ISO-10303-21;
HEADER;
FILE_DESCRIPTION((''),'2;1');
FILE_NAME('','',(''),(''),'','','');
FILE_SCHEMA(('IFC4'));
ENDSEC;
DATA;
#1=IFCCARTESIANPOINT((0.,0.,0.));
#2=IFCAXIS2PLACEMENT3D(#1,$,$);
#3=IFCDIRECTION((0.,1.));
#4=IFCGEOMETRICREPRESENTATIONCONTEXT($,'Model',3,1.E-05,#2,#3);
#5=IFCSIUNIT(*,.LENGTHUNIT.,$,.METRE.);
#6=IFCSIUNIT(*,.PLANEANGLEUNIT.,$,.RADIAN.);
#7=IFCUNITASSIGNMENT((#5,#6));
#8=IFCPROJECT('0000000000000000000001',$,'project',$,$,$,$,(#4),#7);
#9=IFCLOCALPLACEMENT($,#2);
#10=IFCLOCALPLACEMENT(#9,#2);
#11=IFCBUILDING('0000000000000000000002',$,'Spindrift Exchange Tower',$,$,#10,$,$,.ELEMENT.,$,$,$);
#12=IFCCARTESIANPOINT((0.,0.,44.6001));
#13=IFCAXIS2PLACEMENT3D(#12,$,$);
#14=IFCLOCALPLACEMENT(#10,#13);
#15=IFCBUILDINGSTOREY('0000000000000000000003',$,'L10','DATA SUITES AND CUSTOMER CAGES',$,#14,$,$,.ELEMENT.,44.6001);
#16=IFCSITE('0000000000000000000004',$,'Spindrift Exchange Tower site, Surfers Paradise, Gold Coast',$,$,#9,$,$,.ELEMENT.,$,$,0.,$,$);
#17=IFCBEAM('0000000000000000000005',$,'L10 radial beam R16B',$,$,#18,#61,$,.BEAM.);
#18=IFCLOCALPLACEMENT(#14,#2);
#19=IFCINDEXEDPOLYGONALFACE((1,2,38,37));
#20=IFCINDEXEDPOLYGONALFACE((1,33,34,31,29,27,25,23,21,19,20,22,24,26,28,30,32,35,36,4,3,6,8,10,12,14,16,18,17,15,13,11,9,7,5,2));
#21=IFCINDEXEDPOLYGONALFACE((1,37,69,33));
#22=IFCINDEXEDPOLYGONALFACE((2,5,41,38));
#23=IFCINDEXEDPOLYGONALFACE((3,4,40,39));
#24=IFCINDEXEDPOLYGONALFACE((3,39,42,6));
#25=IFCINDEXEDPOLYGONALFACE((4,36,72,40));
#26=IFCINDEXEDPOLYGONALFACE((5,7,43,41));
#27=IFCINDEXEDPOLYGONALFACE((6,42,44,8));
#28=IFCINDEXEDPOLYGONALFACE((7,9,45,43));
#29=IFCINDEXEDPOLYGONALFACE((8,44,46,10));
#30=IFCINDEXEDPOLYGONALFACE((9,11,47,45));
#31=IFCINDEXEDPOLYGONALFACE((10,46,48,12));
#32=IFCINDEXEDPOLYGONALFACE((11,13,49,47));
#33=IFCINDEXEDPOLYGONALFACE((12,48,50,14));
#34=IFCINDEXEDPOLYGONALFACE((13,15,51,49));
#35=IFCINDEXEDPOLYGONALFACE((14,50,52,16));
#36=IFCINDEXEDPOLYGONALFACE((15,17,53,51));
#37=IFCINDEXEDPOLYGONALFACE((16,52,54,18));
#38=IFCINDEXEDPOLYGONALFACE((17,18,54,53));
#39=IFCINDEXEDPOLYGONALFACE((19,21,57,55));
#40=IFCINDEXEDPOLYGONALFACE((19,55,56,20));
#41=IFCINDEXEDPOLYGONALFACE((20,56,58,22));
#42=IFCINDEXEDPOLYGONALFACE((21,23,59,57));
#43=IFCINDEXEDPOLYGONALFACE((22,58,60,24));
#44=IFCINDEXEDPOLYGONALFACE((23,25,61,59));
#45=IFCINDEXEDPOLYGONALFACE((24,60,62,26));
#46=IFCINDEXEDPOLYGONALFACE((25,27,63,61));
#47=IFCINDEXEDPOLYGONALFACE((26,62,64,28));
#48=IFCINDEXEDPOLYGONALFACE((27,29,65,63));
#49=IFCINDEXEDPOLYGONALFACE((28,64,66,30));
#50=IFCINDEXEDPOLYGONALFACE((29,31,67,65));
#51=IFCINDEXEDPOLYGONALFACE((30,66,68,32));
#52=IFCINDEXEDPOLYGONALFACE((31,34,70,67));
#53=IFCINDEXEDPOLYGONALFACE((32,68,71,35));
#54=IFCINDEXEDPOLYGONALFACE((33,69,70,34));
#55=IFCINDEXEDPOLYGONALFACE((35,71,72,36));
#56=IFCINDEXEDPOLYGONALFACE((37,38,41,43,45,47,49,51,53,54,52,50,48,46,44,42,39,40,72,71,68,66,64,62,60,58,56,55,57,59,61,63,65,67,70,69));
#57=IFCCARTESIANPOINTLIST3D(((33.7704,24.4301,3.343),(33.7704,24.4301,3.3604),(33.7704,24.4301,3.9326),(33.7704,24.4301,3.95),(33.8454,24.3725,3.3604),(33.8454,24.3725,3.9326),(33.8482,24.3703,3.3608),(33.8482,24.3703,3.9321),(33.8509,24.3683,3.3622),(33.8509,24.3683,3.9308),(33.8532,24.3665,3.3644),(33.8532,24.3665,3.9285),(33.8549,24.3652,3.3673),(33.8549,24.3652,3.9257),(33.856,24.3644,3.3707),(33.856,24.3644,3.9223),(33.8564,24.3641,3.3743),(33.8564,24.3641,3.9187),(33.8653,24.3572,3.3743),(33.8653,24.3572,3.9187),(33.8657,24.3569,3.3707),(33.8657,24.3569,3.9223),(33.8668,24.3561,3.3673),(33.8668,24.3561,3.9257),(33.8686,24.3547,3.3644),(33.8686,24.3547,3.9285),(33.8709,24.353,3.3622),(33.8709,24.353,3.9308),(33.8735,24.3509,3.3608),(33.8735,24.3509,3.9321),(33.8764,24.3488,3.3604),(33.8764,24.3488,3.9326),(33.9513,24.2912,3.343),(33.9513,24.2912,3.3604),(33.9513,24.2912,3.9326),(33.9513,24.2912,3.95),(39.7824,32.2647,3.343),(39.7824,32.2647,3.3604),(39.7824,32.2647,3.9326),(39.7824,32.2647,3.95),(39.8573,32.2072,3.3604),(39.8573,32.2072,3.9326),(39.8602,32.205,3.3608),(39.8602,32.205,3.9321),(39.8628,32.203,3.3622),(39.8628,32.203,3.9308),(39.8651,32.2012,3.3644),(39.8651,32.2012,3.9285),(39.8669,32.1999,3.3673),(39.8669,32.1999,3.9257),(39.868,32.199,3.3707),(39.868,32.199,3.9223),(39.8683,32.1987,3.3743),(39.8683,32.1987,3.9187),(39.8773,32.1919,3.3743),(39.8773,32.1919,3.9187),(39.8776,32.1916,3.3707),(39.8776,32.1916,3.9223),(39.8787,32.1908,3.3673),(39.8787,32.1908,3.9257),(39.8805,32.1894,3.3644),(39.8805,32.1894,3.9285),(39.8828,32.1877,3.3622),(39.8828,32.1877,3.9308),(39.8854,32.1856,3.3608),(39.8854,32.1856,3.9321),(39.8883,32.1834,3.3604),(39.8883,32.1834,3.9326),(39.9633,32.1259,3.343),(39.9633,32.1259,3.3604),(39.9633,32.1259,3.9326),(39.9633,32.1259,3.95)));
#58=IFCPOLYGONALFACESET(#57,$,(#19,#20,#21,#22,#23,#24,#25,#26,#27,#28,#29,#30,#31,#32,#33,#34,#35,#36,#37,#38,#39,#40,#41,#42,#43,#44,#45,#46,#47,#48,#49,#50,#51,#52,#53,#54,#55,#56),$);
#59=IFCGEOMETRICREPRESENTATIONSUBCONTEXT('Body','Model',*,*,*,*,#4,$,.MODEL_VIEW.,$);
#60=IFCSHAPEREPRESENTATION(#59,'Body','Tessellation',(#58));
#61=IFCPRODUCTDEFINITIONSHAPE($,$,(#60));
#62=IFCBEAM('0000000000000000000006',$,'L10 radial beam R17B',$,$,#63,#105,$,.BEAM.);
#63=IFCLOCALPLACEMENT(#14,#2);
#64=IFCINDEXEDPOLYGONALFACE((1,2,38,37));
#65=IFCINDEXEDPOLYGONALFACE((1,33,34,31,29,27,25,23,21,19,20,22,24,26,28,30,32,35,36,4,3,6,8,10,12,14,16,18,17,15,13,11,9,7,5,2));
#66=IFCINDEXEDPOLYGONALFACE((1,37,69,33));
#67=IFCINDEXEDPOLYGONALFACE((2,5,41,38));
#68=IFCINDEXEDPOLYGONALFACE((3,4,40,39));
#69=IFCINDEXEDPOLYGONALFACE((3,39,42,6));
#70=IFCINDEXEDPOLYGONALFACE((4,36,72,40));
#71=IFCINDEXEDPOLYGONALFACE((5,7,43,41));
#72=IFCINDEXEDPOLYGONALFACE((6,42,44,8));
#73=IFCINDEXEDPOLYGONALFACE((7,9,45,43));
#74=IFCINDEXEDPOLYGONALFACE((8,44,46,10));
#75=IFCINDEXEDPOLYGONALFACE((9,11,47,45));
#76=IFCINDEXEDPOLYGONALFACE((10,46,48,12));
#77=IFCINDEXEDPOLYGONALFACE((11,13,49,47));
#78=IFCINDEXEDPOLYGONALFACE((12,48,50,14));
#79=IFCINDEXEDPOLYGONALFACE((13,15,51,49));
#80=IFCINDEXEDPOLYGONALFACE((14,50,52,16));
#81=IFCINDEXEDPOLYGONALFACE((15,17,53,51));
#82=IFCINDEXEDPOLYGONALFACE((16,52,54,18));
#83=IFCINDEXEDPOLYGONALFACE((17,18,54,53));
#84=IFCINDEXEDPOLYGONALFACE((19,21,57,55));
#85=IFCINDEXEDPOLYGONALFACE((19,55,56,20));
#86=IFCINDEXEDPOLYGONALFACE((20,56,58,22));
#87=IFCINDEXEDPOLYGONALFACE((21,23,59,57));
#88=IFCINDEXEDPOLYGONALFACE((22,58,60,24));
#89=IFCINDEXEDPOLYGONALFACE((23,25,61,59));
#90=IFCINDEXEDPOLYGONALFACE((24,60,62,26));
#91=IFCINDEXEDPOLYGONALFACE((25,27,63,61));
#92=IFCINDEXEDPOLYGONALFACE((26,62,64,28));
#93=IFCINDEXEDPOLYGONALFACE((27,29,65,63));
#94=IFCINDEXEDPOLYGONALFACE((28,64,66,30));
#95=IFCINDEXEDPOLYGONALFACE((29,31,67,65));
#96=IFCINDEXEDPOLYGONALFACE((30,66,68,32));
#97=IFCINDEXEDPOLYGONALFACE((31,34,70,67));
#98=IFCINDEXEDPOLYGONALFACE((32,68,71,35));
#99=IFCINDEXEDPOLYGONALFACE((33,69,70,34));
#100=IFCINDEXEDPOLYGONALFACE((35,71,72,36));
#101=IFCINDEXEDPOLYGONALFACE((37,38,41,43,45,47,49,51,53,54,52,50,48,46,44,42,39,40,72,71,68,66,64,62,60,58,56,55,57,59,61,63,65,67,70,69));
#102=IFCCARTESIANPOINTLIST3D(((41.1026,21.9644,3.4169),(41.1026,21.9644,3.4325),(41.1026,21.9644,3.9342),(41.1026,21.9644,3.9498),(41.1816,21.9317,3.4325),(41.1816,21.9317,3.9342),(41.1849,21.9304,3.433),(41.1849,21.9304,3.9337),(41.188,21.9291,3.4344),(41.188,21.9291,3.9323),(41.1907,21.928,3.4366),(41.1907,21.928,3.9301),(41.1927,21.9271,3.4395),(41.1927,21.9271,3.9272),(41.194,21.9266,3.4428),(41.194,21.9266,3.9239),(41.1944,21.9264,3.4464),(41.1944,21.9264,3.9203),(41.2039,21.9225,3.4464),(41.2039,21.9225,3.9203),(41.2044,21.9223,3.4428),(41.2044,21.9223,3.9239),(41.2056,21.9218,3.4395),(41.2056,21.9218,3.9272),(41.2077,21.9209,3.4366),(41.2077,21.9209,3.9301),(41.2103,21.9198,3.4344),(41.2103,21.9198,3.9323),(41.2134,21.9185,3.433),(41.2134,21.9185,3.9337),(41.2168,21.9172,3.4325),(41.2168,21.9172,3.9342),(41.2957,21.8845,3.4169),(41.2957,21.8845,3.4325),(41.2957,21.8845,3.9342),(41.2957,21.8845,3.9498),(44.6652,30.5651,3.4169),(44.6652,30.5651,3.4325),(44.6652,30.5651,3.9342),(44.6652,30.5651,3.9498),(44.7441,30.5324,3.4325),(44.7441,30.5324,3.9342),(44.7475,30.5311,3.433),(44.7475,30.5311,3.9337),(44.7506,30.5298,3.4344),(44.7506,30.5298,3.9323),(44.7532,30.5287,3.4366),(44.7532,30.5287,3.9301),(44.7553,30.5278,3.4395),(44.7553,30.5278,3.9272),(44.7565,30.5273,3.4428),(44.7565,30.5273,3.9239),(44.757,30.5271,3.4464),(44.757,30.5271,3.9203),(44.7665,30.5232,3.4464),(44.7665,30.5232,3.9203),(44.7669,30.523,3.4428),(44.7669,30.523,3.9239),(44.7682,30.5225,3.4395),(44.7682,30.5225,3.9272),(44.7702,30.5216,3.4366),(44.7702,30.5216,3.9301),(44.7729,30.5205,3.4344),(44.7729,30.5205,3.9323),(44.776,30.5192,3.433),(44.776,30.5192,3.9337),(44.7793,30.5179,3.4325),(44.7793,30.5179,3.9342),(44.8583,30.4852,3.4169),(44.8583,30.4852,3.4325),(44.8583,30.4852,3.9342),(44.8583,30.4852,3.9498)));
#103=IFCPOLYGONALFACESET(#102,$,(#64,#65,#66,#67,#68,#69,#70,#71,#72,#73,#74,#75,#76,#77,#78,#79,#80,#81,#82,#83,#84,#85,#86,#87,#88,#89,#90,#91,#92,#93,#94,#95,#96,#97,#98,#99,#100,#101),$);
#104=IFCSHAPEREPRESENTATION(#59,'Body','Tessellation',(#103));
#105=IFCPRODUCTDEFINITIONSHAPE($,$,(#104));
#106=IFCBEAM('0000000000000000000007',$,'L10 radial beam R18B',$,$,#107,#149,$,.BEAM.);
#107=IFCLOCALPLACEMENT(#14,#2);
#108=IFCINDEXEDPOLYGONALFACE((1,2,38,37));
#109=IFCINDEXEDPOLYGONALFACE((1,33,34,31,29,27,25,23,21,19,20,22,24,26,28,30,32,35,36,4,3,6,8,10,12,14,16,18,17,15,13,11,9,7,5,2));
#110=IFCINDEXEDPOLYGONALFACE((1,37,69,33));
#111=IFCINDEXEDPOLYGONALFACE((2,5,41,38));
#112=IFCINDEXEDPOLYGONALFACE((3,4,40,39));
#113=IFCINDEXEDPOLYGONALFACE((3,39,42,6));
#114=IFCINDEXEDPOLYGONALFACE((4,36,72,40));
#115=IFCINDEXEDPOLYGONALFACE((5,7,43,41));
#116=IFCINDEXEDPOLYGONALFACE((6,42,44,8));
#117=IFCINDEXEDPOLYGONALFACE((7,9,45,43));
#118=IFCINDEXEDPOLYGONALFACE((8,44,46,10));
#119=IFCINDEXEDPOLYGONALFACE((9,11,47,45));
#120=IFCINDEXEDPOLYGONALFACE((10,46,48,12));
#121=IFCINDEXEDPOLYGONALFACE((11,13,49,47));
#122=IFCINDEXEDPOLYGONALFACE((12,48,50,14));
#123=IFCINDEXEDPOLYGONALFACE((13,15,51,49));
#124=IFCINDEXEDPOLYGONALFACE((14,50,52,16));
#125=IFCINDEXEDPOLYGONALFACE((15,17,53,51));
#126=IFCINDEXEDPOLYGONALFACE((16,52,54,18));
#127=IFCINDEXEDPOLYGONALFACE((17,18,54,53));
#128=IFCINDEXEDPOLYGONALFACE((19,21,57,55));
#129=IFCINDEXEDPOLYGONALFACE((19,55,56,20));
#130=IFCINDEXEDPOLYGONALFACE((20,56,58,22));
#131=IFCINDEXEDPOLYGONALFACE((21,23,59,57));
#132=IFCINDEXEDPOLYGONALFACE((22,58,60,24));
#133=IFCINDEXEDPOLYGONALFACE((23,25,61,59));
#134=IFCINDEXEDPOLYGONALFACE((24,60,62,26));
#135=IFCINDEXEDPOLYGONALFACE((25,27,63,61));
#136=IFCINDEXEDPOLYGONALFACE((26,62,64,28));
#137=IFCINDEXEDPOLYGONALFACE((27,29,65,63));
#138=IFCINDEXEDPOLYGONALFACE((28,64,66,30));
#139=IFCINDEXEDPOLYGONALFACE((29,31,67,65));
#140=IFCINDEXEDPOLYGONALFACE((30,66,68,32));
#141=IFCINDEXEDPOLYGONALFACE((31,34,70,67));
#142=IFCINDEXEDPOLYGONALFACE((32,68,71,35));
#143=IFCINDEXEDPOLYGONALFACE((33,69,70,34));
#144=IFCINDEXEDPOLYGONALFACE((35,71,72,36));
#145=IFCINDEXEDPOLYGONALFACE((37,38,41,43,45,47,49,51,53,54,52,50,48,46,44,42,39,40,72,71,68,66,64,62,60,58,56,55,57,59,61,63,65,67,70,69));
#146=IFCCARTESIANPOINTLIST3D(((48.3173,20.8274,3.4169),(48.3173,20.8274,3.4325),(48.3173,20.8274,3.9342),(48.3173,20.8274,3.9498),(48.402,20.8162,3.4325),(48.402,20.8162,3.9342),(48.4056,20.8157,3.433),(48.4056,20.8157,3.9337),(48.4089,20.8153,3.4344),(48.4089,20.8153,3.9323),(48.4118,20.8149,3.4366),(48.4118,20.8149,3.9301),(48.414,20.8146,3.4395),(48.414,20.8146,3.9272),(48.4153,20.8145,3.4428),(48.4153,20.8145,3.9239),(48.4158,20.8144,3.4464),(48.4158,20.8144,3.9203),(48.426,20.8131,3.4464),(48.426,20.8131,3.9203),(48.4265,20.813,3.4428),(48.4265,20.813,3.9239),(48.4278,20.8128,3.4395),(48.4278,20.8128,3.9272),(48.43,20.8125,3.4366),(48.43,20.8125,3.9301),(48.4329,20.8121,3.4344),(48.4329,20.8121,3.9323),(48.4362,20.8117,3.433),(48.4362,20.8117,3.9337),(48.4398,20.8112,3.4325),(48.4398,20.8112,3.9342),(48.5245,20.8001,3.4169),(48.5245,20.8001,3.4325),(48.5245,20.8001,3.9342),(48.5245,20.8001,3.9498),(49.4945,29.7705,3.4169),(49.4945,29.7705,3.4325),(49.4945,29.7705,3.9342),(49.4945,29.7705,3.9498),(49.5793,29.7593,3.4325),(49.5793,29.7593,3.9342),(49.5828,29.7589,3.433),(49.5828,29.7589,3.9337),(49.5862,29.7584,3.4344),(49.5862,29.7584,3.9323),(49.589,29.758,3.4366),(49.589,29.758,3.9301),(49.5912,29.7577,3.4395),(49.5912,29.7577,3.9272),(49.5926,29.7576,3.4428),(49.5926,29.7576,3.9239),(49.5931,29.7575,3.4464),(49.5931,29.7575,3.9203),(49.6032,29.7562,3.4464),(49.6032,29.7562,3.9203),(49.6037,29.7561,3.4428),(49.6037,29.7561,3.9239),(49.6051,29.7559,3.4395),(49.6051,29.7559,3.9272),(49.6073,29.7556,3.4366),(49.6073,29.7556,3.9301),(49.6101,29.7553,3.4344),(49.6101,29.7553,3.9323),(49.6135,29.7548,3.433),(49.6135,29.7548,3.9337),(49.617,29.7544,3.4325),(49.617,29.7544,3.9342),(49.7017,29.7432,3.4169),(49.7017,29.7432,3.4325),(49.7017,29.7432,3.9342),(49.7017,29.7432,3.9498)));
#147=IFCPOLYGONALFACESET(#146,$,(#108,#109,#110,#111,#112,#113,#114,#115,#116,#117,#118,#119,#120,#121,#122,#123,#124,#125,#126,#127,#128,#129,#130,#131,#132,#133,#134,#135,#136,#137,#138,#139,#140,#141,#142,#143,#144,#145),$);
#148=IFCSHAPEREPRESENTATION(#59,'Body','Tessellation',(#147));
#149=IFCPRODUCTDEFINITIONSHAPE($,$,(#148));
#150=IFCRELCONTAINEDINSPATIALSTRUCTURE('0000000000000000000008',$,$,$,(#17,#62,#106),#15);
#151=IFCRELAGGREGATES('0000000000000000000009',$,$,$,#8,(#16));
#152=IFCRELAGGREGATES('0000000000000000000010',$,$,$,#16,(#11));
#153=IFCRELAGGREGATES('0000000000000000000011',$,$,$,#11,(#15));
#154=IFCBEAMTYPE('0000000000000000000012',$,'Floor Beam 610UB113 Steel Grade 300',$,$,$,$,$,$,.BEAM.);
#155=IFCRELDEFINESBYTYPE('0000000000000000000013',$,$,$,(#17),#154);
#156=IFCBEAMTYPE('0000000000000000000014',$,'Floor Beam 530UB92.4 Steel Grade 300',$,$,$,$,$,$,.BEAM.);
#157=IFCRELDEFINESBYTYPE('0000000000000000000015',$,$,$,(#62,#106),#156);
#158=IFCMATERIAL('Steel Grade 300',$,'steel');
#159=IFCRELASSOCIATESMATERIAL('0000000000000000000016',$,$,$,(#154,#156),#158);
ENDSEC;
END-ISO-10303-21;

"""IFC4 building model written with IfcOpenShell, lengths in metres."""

from ifc_helpers import new_model, si_unit, direction, frame, origin, origin_2d, place, context, subcontext, project, spatial, i_section, extrude, source, transform, mapped, material, material_profile, profile_set, type_object, element, save


model = new_model("IFC4")

# Units and contexts
model_context = context("Model", 3, precision=1e-05, world=origin(), true_north=direction((0.0, 1.0)))
body_context = subcontext(model_context, "Body", "Model", "MODEL_VIEW")
ifc_project = project(units=[si_unit("LENGTHUNIT", "METRE"), si_unit("PLANEANGLEUNIT", "RADIAN")], contexts=[model_context])

# Site, building, storey
site_placement = place(None, origin())
site = spatial("IfcSite", under=ifc_project, at=site_placement, Name="Spindrift Exchange Tower site, Surfers Paradise, Gold Coast", CompositionType="ELEMENT", RefElevation=0.0)
building_placement = place(site_placement, origin())
building = spatial("IfcBuilding", under=site, at=building_placement, Name="Spindrift Exchange Tower", CompositionType="ELEMENT")
storey_placement = place(building_placement, frame((0.0, 0.0, 44.6001)))
storey = spatial("IfcBuildingStorey", under=building, at=storey_placement, Name="L10", Description="DATA SUITES AND CUSTOMER CAGES", CompositionType="ELEMENT", Elevation=44.6001)

# Beams
ifc_material_1 = material(Name="Steel Grade 300", Category="steel")
ifc_material_profile_1 = material_profile(ifc_material_1, i_section(OverallWidth=0.228, OverallDepth=0.6069, WebThickness=0.0112, FlangeThickness=0.0173, FilletRadius=0.0139, at=origin_2d()), Name="610UB113")
ifc_profile_set_1 = profile_set([ifc_material_profile_1], Name="Steel Grade 300")
beam_type_1 = type_object("IfcBeamType", Name="Floor Beam 610UB113 Steel Grade 300", PredefinedType="BEAM", material=ifc_profile_set_1)
shared_shape_1 = source(origin(), body_context, "Body", "SweptSolid", [
    extrude(i_section(OverallWidth=0.228, OverallDepth=0.6069, WebThickness=0.0112, FlangeThickness=0.0173, FilletRadius=0.0139, at=origin_2d()), origin(), (0.0, 0.0, 1.0), 9.8755),
])
beam_1_placement = place(storey_placement, frame((39.8728, 32.1953, 3.6465), z_axis=(-0.608772, -0.793345, 0.0), x_axis=(0.793345, -0.608772, 0.0)))
element("IfcBeam", 1, at=beam_1_placement, inside=storey, type_object=beam_type_1, Name="L10 radial beam R16B", PredefinedType="BEAM", context=body_context, shape_type="MappedRepresentation", body=[
    mapped(shared_shape_1, transform((0.0, 0.0, 0.0), scale=1.0)),
])
ifc_material_profile_2 = material_profile(ifc_material_1, i_section(OverallWidth=0.209, OverallDepth=0.533, WebThickness=0.0103, FlangeThickness=0.0156, FilletRadius=0.0139, at=origin_2d()), Name="530UB92.4")
ifc_profile_set_2 = profile_set([ifc_material_profile_2], Name="Steel Grade 300")
beam_type_2 = type_object("IfcBeamType", Name="Floor Beam 530UB92.4 Steel Grade 300", PredefinedType="BEAM", material=ifc_profile_set_2)
shared_shape_2 = source(origin(), body_context, "Body", "SweptSolid", [
    extrude(i_section(OverallWidth=0.209, OverallDepth=0.533, WebThickness=0.0103, FlangeThickness=0.0156, FilletRadius=0.0139, at=origin_2d()), origin(), (0.0, 0.0, 1.0), 9.3093),
])
beam_2_placement = place(storey_placement, frame((44.7617, 30.5251, 3.6833), z_axis=(-0.382685, -0.923879, 0.0), x_axis=(0.923879, -0.382685, 0.0)))
element("IfcBeam", 2, at=beam_2_placement, inside=storey, type_object=beam_type_2, Name="L10 radial beam R17B", PredefinedType="BEAM", context=body_context, shape_type="MappedRepresentation", body=[
    mapped(shared_shape_2, transform((0.0, 0.0, 0.0), scale=1.0)),
])
shared_shape_3 = source(origin(), body_context, "Body", "SweptSolid", [
    extrude(i_section(OverallWidth=0.209, OverallDepth=0.533, WebThickness=0.0103, FlangeThickness=0.0156, FilletRadius=0.0139, at=origin_2d()), origin(), (0.0, 0.0, 1.0), 9.0203),
])
beam_3_placement = place(storey_placement, frame((49.5981, 29.7568, 3.6833), z_axis=(-0.130511, -0.991447, 0.0), x_axis=(0.991447, -0.130511, 0.0)))
element("IfcBeam", 3, at=beam_3_placement, inside=storey, type_object=beam_type_2, Name="L10 radial beam R18B", PredefinedType="BEAM", context=body_context, shape_type="MappedRepresentation", body=[
    mapped(shared_shape_3, transform((0.0, 0.0, 0.0), scale=1.0)),
])

save(model, "model.ifc")
